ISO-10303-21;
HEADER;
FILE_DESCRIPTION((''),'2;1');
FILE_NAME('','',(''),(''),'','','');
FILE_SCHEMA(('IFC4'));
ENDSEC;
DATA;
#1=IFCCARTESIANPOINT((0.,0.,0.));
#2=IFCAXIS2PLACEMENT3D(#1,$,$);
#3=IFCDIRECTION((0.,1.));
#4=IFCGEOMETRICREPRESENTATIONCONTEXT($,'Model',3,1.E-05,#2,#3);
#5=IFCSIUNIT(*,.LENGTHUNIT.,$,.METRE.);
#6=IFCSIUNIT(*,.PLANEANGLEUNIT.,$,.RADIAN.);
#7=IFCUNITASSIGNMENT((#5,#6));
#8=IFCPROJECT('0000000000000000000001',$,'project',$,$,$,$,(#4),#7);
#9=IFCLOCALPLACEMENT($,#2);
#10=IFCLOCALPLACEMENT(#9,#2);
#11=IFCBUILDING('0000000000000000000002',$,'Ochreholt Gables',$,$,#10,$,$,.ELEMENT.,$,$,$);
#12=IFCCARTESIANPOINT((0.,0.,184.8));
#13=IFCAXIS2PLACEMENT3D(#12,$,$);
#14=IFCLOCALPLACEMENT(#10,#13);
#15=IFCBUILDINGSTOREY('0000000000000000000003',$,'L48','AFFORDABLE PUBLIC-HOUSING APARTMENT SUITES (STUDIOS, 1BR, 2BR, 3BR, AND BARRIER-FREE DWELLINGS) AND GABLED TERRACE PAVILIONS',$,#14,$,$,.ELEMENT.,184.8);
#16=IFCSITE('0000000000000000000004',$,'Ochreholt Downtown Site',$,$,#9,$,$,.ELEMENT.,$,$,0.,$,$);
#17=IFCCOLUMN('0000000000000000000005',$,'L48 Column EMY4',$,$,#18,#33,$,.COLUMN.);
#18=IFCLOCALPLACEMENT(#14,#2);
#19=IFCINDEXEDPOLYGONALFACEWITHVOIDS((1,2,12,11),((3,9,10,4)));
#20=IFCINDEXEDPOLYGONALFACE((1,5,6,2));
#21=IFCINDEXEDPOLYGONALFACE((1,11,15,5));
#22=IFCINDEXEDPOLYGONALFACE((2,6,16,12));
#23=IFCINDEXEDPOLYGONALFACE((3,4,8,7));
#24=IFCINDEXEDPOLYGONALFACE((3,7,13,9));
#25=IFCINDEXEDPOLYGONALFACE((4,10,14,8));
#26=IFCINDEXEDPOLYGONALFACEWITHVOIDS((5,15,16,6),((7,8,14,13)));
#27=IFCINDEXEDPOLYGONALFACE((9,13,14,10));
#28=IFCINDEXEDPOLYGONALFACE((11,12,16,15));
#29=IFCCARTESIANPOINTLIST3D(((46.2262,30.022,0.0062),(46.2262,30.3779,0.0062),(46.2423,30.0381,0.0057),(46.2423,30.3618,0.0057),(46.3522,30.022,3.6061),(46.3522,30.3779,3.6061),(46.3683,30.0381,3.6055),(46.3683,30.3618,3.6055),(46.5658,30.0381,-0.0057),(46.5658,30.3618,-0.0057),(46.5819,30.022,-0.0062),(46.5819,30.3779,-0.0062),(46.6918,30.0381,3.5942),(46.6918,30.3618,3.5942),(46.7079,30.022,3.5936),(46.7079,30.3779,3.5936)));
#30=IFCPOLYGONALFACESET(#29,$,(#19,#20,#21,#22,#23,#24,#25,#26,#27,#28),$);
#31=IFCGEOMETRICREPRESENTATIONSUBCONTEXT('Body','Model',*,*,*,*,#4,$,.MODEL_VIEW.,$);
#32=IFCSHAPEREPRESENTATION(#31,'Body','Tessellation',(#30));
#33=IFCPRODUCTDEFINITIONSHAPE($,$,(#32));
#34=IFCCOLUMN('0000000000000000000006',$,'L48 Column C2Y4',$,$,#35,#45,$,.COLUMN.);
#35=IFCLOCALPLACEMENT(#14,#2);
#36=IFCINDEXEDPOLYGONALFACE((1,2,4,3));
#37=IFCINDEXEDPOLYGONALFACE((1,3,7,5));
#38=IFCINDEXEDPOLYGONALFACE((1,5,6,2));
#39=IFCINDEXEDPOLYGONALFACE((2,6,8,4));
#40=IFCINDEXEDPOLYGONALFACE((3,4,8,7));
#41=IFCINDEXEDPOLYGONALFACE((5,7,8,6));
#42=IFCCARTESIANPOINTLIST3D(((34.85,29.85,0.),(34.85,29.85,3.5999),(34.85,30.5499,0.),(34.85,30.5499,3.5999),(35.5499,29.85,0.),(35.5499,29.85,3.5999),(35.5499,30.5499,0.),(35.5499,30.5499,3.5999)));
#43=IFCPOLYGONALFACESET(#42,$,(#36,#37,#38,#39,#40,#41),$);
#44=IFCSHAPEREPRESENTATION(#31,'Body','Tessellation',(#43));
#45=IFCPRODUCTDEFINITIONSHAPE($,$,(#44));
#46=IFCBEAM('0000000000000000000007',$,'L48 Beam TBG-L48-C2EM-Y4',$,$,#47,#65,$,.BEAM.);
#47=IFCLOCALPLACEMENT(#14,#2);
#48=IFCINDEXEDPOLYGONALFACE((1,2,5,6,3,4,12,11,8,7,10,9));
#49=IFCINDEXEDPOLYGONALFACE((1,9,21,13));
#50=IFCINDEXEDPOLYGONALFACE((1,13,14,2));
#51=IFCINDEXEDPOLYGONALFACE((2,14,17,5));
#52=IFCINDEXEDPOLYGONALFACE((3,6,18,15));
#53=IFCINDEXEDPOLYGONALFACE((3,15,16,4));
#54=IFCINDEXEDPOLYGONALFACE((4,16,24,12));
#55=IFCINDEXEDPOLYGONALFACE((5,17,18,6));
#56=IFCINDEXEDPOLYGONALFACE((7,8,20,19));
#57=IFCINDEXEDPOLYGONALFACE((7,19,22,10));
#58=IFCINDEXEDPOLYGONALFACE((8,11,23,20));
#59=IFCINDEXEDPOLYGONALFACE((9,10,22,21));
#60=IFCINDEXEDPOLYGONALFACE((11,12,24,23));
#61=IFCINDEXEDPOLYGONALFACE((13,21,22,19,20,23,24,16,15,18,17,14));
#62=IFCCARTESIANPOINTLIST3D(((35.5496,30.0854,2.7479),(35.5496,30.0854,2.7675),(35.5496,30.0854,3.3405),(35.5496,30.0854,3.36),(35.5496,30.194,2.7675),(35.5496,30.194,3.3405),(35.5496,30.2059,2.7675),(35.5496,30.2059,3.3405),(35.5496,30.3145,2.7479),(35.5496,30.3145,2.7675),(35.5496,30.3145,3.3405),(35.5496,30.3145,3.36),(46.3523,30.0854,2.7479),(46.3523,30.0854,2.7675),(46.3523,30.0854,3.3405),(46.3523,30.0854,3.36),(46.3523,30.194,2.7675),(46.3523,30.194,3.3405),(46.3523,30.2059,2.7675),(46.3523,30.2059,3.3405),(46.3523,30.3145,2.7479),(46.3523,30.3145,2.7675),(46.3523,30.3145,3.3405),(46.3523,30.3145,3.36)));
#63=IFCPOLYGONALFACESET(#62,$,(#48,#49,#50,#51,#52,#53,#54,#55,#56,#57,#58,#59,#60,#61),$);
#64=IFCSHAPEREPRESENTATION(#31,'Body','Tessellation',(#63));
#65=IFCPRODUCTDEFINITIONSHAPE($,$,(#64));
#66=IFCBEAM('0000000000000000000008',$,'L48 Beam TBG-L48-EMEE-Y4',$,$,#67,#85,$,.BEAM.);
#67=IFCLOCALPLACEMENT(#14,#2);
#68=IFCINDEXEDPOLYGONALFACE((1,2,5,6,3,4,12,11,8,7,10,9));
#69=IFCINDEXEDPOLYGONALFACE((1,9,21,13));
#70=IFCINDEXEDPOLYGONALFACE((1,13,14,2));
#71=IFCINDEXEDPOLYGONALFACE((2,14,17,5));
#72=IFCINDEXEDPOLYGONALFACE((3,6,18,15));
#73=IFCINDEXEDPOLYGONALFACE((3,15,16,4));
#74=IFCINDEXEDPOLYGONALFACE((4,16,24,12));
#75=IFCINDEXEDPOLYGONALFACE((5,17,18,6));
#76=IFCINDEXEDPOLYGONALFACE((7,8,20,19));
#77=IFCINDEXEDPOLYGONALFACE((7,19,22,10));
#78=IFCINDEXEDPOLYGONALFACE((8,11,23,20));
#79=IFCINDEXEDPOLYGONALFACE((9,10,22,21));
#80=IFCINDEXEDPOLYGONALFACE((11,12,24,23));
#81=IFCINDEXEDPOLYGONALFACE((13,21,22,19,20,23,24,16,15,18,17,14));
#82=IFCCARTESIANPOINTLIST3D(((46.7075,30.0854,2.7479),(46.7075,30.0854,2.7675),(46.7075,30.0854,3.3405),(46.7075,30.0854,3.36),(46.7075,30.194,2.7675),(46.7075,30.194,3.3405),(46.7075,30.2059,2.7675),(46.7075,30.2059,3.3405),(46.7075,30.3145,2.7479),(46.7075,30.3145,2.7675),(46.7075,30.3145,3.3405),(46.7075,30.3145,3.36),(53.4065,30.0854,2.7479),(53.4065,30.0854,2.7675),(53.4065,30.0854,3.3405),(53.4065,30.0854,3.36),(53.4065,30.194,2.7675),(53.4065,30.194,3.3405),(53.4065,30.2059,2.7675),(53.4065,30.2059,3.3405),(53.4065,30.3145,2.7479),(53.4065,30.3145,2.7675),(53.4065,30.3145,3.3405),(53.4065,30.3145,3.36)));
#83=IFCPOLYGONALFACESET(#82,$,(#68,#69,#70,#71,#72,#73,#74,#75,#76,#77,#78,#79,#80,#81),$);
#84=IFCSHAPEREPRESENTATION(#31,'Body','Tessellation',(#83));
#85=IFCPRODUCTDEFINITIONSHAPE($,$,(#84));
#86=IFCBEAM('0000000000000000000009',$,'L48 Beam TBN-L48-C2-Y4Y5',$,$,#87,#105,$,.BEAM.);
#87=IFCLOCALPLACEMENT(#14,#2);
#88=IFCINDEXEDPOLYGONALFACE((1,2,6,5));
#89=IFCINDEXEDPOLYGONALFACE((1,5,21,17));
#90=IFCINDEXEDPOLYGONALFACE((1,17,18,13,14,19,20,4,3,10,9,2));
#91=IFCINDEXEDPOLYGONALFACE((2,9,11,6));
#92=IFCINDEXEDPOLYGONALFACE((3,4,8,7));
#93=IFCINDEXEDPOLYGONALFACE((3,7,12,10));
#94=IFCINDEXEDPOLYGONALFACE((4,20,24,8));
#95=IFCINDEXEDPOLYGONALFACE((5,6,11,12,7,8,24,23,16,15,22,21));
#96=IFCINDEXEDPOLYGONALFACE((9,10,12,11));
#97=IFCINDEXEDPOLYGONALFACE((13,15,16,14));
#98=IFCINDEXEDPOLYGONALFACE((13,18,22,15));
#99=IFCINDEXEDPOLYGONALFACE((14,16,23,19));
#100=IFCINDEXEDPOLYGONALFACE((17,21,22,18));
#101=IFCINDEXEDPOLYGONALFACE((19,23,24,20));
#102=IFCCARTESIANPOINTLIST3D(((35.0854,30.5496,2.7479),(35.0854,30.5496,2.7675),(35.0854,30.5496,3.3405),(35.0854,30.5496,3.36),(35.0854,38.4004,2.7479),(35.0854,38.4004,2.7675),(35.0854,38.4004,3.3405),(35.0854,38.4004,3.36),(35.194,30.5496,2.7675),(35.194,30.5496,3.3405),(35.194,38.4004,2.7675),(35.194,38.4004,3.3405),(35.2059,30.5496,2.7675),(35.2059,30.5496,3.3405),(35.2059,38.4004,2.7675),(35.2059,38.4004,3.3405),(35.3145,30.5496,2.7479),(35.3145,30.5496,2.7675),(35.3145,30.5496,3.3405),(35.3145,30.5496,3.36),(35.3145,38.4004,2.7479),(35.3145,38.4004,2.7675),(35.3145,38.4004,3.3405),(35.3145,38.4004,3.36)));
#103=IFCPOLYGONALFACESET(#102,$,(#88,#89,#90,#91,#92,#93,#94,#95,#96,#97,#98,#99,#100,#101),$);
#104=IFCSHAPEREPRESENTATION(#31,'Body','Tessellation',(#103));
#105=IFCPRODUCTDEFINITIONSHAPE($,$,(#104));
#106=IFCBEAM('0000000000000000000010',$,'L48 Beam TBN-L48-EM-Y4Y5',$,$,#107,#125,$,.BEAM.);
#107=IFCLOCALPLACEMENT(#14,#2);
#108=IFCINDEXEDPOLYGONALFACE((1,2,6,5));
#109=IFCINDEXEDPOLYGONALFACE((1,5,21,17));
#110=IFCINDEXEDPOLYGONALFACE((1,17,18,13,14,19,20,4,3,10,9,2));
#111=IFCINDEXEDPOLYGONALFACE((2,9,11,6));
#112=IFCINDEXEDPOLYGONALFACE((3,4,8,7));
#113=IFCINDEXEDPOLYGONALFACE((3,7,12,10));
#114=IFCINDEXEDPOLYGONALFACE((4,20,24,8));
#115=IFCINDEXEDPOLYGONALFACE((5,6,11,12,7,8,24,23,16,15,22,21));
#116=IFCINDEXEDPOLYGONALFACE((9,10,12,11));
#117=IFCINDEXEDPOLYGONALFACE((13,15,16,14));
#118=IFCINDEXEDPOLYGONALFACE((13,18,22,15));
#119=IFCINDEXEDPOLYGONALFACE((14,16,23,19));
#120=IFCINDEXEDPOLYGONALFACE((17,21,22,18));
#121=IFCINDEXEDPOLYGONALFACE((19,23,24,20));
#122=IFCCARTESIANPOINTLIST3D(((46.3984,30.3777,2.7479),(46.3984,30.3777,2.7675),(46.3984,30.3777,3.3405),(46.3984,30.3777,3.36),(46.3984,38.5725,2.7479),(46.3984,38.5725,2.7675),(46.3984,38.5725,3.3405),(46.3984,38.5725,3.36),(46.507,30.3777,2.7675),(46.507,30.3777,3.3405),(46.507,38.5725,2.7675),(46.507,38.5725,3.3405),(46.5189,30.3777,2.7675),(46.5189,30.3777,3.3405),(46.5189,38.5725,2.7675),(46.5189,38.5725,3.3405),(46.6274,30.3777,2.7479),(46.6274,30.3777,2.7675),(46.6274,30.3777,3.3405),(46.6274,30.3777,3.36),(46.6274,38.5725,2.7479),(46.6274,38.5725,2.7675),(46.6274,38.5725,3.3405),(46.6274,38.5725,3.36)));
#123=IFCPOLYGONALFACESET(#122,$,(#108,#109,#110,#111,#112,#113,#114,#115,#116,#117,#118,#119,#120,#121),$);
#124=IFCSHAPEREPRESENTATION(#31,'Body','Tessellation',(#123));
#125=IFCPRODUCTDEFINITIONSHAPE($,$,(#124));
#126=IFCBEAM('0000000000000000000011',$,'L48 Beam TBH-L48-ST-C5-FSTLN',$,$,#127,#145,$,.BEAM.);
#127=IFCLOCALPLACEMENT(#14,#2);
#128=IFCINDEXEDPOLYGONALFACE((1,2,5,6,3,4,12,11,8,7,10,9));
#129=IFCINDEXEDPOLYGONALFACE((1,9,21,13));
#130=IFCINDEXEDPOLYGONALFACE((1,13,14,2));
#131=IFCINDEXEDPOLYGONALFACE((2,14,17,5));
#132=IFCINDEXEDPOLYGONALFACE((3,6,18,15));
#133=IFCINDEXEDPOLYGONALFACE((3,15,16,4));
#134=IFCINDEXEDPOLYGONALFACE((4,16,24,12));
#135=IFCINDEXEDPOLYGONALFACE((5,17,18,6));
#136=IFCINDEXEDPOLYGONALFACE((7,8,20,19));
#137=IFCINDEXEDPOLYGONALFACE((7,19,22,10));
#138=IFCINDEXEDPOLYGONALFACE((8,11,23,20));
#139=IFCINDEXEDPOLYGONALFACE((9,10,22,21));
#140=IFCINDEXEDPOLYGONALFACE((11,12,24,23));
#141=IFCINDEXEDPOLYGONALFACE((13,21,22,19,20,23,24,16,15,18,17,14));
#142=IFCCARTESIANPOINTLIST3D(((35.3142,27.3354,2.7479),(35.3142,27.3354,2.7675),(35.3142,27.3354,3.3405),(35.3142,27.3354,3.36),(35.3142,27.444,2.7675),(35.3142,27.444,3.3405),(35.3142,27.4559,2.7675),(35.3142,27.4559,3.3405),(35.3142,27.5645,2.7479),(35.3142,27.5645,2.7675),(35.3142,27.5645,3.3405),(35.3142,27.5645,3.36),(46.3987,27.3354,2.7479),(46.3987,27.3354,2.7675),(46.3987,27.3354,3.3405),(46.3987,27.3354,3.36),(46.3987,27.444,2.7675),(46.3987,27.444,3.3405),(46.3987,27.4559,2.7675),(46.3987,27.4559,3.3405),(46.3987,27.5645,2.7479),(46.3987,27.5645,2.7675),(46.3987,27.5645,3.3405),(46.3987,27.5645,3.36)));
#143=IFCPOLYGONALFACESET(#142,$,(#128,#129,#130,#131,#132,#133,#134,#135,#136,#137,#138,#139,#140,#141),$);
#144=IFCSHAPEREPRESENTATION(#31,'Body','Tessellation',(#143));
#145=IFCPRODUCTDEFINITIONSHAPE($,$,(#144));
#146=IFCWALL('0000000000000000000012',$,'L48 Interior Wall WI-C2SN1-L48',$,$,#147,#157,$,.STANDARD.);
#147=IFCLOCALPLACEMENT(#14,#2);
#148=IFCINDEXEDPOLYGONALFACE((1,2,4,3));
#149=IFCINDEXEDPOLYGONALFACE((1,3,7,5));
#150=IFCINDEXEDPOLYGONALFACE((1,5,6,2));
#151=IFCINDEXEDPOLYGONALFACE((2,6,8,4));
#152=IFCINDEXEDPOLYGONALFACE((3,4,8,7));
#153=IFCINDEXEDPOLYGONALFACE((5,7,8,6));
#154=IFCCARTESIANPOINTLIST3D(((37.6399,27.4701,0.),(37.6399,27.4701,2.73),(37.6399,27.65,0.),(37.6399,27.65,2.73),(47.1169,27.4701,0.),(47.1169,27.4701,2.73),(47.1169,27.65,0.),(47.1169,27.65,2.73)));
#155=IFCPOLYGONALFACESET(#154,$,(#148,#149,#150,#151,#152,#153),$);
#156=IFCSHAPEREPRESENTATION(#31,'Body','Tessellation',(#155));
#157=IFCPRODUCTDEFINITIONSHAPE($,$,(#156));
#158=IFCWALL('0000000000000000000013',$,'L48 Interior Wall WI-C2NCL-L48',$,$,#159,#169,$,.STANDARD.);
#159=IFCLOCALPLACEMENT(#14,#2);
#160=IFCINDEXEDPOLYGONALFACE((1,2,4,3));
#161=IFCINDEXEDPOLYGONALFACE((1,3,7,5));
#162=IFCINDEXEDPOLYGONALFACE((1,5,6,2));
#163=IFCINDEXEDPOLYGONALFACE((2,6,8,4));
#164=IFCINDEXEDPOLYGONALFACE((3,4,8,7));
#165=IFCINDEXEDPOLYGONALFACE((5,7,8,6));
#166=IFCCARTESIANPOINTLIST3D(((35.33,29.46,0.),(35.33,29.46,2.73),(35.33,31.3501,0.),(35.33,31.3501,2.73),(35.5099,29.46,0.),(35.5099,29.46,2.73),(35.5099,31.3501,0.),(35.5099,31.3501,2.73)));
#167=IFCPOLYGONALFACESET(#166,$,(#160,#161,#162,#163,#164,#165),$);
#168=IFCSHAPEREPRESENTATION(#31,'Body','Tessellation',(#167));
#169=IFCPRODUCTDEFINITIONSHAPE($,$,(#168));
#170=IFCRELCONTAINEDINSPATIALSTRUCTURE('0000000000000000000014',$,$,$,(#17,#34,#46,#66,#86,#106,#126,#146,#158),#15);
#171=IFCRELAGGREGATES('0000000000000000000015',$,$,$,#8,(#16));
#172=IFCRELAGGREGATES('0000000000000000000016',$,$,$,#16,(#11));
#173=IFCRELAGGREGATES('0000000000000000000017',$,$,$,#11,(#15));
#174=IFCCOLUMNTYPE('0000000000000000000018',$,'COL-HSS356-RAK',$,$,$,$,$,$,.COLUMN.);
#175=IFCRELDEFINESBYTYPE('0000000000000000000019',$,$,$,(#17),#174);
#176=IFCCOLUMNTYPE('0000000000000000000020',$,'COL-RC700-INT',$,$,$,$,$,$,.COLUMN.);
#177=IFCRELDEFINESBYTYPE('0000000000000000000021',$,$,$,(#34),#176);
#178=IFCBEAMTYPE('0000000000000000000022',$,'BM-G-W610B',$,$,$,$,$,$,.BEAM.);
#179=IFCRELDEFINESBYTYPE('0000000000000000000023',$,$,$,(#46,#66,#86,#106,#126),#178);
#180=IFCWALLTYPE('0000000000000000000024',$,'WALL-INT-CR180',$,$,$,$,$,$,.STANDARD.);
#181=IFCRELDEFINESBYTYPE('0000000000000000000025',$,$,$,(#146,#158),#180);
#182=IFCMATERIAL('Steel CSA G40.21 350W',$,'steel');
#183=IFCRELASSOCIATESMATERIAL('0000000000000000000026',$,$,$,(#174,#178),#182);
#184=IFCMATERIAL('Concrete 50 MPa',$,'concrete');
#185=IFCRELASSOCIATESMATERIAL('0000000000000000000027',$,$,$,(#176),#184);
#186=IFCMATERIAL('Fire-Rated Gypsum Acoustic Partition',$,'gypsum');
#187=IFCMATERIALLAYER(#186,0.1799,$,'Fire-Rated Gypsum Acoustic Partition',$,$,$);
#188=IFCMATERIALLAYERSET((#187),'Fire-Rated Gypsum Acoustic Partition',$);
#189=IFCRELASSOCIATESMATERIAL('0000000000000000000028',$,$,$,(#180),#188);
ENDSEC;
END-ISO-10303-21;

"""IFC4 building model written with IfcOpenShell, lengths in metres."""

from ifc_helpers import new_model, si_unit, direction, frame, frame_2d, origin, origin_2d, place, context, subcontext, project, spatial, rectangle, hollow_rectangle, i_section, extrude, material, layer, layer_set, material_profile, profile_set, type_object, element, save


model = new_model("IFC4")

# Units and contexts
model_context = context("Model", 3, precision=1e-05, world=origin(), true_north=direction((0.0, 1.0)))
body_context = subcontext(model_context, "Body", "Model", "MODEL_VIEW")
ifc_project = project(units=[si_unit("LENGTHUNIT", "METRE"), si_unit("PLANEANGLEUNIT", "RADIAN")], contexts=[model_context])

# Site, building, storey
site_placement = place(None, origin())
site = spatial("IfcSite", under=ifc_project, at=site_placement, Name="Ochreholt Downtown Site", CompositionType="ELEMENT", RefElevation=0.0)
building_placement = place(site_placement, origin())
building = spatial("IfcBuilding", under=site, at=building_placement, Name="Ochreholt Gables", CompositionType="ELEMENT")
storey_placement = place(building_placement, frame((0.0, 0.0, 184.8)))
storey = spatial("IfcBuildingStorey", under=building, at=storey_placement, Name="L48", Description="AFFORDABLE PUBLIC-HOUSING APARTMENT SUITES (STUDIOS, 1BR, 2BR, 3BR, AND BARRIER-FREE DWELLINGS) AND GABLED TERRACE PAVILIONS", CompositionType="ELEMENT", Elevation=184.8)

# Columns
ifc_material_1 = material(Name="Steel CSA G40.21 350W", Category="steel")
ifc_material_profile_1 = material_profile(ifc_material_1, hollow_rectangle(XDim=0.356, YDim=0.356, WallThickness=0.0161, at=origin_2d()), Name="HSS356X356X16")
ifc_profile_set_1 = profile_set([ifc_material_profile_1], Name="Steel CSA G40.21 350W")
column_type_1 = type_object("IfcColumnType", Name="COL-HSS356-RAK", PredefinedType="COLUMN", material=ifc_profile_set_1)
column_1_placement = place(storey_placement, frame((46.4041, 30.2, 0.0), z_axis=(0.034974, 0.0, 0.999388), x_axis=(0.0, 1.0, 0.0)))
element("IfcColumn", 1, at=column_1_placement, inside=storey, type_object=column_type_1, Name="L48 Column EMY4", PredefinedType="COLUMN", context=body_context, shape_type="SweptSolid", body=[
    extrude(hollow_rectangle(XDim=0.356, YDim=0.356, WallThickness=0.0161, at=origin_2d()), origin(), (0.0, 0.0, 1.0), 3.6021),
])
ifc_material_2 = material(Name="Concrete 50 MPa", Category="concrete")
ifc_material_profile_2 = material_profile(ifc_material_2, rectangle(XDim=0.7, YDim=0.7, at=origin_2d()), Name="RC700X700")
ifc_profile_set_2 = profile_set([ifc_material_profile_2], Name="Concrete 50 MPa")
column_type_2 = type_object("IfcColumnType", Name="COL-RC700-INT", PredefinedType="COLUMN", material=ifc_profile_set_2)
column_2_placement = place(storey_placement, frame((35.2, 30.2, 0.0), z_axis=(0.0, 0.0, 1.0), x_axis=(1.0, 0.0, 0.0)))
element("IfcColumn", 2, at=column_2_placement, inside=storey, type_object=column_type_2, Name="L48 Column C2Y4", PredefinedType="COLUMN", context=body_context, shape_type="SweptSolid", body=[
    extrude(rectangle(XDim=0.7, YDim=0.7, at=origin_2d()), origin(), (0.0, 0.0, 1.0), 3.5999),
])

# Beams
ifc_material_profile_3 = material_profile(ifc_material_1, i_section(OverallWidth=0.229, OverallDepth=0.6121, WebThickness=0.012, FlangeThickness=0.0195, at=origin_2d()), Name="W610X125")
ifc_profile_set_3 = profile_set([ifc_material_profile_3], Name="Steel CSA G40.21 350W")
beam_type = type_object("IfcBeamType", Name="BM-G-W610B", PredefinedType="BEAM", material=ifc_profile_set_3)
beam_1_placement = place(storey_placement, frame((35.5496, 30.2, 3.054), z_axis=(1.0, 0.0, 0.0), x_axis=(0.0, 1.0, 0.0)))
element("IfcBeam", 3, at=beam_1_placement, inside=storey, type_object=beam_type, Name="L48 Beam TBG-L48-C2EM-Y4", PredefinedType="BEAM", context=body_context, shape_type="SweptSolid", body=[
    extrude(i_section(OverallWidth=0.229, OverallDepth=0.6121, WebThickness=0.012, FlangeThickness=0.0195, at=origin_2d()), origin(), (0.0, 0.0, 1.0), 10.8027),
])
beam_2_placement = place(storey_placement, frame((46.7075, 30.2, 3.054), z_axis=(1.0, 0.0, 0.0), x_axis=(0.0, 1.0, 0.0)))
element("IfcBeam", 4, at=beam_2_placement, inside=storey, type_object=beam_type, Name="L48 Beam TBG-L48-EMEE-Y4", PredefinedType="BEAM", context=body_context, shape_type="SweptSolid", body=[
    extrude(i_section(OverallWidth=0.229, OverallDepth=0.6121, WebThickness=0.012, FlangeThickness=0.0195, at=origin_2d()), origin(), (0.0, 0.0, 1.0), 6.699),
])
beam_3_placement = place(storey_placement, frame((35.2, 30.5496, 3.054), z_axis=(0.0, 1.0, 0.0), x_axis=(-1.0, 0.0, 0.0)))
element("IfcBeam", 5, at=beam_3_placement, inside=storey, type_object=beam_type, Name="L48 Beam TBN-L48-C2-Y4Y5", PredefinedType="BEAM", context=body_context, shape_type="SweptSolid", body=[
    extrude(i_section(OverallWidth=0.229, OverallDepth=0.6121, WebThickness=0.012, FlangeThickness=0.0195, at=origin_2d()), origin(), (0.0, 0.0, 1.0), 7.8508),
])
beam_4_placement = place(storey_placement, frame((46.5129, 30.3777, 3.054), z_axis=(0.0, 1.0, 0.0), x_axis=(-1.0, 0.0, 0.0)))
element("IfcBeam", 6, at=beam_4_placement, inside=storey, type_object=beam_type, Name="L48 Beam TBN-L48-EM-Y4Y5", PredefinedType="BEAM", context=body_context, shape_type="SweptSolid", body=[
    extrude(i_section(OverallWidth=0.229, OverallDepth=0.6121, WebThickness=0.012, FlangeThickness=0.0195, at=origin_2d()), origin(), (0.0, 0.0, 1.0), 8.1948),
])
beam_5_placement = place(storey_placement, frame((35.3142, 27.45, 3.054), z_axis=(1.0, 0.0, 0.0), x_axis=(0.0, 1.0, 0.0)))
element("IfcBeam", 7, at=beam_5_placement, inside=storey, type_object=beam_type, Name="L48 Beam TBH-L48-ST-C5-FSTLN", PredefinedType="BEAM", context=body_context, shape_type="SweptSolid", body=[
    extrude(i_section(OverallWidth=0.229, OverallDepth=0.6121, WebThickness=0.012, FlangeThickness=0.0195, at=origin_2d()), origin(), (0.0, 0.0, 1.0), 11.0845),
])

# Walls
ifc_material_3 = material(Name="Fire-Rated Gypsum Acoustic Partition", Category="gypsum")
ifc_layer_1 = layer(ifc_material_3, 0.1799, Name="Fire-Rated Gypsum Acoustic Partition")
ifc_layer_set_1 = layer_set([ifc_layer_1], Name="Fire-Rated Gypsum Acoustic Partition")
wall_type_1 = type_object("IfcWallType", Name="WALL-INT-CR180", PredefinedType="STANDARD", material=ifc_layer_set_1)
wall_1_placement = place(storey_placement, frame((37.6399, 27.5601, 0.0), z_axis=(0.0, 0.0, 1.0), x_axis=(1.0, 0.0, 0.0)))
element("IfcWall", 8, at=wall_1_placement, inside=storey, type_object=wall_type_1, Name="L48 Interior Wall WI-C2SN1-L48", PredefinedType="STANDARD", context=body_context, shape_type="SweptSolid", body=[
    extrude(rectangle(XDim=9.4771, YDim=0.1799, at=frame_2d((4.7385, 0.0))), origin(), (0.0, 0.0, 1.0), 2.73),
])
wall_2_placement = place(storey_placement, frame((35.4199, 29.46, 0.0), z_axis=(0.0, 0.0, 1.0), x_axis=(0.0, 1.0, 0.0)))
element("IfcWall", 9, at=wall_2_placement, inside=storey, type_object=wall_type_1, Name="L48 Interior Wall WI-C2NCL-L48", PredefinedType="STANDARD", context=body_context, shape_type="SweptSolid", body=[
    extrude(rectangle(XDim=1.8901, YDim=0.1799, at=frame_2d((0.9451, 0.0))), origin(), (0.0, 0.0, 1.0), 2.73),
])

save(model, "model.ifc")
